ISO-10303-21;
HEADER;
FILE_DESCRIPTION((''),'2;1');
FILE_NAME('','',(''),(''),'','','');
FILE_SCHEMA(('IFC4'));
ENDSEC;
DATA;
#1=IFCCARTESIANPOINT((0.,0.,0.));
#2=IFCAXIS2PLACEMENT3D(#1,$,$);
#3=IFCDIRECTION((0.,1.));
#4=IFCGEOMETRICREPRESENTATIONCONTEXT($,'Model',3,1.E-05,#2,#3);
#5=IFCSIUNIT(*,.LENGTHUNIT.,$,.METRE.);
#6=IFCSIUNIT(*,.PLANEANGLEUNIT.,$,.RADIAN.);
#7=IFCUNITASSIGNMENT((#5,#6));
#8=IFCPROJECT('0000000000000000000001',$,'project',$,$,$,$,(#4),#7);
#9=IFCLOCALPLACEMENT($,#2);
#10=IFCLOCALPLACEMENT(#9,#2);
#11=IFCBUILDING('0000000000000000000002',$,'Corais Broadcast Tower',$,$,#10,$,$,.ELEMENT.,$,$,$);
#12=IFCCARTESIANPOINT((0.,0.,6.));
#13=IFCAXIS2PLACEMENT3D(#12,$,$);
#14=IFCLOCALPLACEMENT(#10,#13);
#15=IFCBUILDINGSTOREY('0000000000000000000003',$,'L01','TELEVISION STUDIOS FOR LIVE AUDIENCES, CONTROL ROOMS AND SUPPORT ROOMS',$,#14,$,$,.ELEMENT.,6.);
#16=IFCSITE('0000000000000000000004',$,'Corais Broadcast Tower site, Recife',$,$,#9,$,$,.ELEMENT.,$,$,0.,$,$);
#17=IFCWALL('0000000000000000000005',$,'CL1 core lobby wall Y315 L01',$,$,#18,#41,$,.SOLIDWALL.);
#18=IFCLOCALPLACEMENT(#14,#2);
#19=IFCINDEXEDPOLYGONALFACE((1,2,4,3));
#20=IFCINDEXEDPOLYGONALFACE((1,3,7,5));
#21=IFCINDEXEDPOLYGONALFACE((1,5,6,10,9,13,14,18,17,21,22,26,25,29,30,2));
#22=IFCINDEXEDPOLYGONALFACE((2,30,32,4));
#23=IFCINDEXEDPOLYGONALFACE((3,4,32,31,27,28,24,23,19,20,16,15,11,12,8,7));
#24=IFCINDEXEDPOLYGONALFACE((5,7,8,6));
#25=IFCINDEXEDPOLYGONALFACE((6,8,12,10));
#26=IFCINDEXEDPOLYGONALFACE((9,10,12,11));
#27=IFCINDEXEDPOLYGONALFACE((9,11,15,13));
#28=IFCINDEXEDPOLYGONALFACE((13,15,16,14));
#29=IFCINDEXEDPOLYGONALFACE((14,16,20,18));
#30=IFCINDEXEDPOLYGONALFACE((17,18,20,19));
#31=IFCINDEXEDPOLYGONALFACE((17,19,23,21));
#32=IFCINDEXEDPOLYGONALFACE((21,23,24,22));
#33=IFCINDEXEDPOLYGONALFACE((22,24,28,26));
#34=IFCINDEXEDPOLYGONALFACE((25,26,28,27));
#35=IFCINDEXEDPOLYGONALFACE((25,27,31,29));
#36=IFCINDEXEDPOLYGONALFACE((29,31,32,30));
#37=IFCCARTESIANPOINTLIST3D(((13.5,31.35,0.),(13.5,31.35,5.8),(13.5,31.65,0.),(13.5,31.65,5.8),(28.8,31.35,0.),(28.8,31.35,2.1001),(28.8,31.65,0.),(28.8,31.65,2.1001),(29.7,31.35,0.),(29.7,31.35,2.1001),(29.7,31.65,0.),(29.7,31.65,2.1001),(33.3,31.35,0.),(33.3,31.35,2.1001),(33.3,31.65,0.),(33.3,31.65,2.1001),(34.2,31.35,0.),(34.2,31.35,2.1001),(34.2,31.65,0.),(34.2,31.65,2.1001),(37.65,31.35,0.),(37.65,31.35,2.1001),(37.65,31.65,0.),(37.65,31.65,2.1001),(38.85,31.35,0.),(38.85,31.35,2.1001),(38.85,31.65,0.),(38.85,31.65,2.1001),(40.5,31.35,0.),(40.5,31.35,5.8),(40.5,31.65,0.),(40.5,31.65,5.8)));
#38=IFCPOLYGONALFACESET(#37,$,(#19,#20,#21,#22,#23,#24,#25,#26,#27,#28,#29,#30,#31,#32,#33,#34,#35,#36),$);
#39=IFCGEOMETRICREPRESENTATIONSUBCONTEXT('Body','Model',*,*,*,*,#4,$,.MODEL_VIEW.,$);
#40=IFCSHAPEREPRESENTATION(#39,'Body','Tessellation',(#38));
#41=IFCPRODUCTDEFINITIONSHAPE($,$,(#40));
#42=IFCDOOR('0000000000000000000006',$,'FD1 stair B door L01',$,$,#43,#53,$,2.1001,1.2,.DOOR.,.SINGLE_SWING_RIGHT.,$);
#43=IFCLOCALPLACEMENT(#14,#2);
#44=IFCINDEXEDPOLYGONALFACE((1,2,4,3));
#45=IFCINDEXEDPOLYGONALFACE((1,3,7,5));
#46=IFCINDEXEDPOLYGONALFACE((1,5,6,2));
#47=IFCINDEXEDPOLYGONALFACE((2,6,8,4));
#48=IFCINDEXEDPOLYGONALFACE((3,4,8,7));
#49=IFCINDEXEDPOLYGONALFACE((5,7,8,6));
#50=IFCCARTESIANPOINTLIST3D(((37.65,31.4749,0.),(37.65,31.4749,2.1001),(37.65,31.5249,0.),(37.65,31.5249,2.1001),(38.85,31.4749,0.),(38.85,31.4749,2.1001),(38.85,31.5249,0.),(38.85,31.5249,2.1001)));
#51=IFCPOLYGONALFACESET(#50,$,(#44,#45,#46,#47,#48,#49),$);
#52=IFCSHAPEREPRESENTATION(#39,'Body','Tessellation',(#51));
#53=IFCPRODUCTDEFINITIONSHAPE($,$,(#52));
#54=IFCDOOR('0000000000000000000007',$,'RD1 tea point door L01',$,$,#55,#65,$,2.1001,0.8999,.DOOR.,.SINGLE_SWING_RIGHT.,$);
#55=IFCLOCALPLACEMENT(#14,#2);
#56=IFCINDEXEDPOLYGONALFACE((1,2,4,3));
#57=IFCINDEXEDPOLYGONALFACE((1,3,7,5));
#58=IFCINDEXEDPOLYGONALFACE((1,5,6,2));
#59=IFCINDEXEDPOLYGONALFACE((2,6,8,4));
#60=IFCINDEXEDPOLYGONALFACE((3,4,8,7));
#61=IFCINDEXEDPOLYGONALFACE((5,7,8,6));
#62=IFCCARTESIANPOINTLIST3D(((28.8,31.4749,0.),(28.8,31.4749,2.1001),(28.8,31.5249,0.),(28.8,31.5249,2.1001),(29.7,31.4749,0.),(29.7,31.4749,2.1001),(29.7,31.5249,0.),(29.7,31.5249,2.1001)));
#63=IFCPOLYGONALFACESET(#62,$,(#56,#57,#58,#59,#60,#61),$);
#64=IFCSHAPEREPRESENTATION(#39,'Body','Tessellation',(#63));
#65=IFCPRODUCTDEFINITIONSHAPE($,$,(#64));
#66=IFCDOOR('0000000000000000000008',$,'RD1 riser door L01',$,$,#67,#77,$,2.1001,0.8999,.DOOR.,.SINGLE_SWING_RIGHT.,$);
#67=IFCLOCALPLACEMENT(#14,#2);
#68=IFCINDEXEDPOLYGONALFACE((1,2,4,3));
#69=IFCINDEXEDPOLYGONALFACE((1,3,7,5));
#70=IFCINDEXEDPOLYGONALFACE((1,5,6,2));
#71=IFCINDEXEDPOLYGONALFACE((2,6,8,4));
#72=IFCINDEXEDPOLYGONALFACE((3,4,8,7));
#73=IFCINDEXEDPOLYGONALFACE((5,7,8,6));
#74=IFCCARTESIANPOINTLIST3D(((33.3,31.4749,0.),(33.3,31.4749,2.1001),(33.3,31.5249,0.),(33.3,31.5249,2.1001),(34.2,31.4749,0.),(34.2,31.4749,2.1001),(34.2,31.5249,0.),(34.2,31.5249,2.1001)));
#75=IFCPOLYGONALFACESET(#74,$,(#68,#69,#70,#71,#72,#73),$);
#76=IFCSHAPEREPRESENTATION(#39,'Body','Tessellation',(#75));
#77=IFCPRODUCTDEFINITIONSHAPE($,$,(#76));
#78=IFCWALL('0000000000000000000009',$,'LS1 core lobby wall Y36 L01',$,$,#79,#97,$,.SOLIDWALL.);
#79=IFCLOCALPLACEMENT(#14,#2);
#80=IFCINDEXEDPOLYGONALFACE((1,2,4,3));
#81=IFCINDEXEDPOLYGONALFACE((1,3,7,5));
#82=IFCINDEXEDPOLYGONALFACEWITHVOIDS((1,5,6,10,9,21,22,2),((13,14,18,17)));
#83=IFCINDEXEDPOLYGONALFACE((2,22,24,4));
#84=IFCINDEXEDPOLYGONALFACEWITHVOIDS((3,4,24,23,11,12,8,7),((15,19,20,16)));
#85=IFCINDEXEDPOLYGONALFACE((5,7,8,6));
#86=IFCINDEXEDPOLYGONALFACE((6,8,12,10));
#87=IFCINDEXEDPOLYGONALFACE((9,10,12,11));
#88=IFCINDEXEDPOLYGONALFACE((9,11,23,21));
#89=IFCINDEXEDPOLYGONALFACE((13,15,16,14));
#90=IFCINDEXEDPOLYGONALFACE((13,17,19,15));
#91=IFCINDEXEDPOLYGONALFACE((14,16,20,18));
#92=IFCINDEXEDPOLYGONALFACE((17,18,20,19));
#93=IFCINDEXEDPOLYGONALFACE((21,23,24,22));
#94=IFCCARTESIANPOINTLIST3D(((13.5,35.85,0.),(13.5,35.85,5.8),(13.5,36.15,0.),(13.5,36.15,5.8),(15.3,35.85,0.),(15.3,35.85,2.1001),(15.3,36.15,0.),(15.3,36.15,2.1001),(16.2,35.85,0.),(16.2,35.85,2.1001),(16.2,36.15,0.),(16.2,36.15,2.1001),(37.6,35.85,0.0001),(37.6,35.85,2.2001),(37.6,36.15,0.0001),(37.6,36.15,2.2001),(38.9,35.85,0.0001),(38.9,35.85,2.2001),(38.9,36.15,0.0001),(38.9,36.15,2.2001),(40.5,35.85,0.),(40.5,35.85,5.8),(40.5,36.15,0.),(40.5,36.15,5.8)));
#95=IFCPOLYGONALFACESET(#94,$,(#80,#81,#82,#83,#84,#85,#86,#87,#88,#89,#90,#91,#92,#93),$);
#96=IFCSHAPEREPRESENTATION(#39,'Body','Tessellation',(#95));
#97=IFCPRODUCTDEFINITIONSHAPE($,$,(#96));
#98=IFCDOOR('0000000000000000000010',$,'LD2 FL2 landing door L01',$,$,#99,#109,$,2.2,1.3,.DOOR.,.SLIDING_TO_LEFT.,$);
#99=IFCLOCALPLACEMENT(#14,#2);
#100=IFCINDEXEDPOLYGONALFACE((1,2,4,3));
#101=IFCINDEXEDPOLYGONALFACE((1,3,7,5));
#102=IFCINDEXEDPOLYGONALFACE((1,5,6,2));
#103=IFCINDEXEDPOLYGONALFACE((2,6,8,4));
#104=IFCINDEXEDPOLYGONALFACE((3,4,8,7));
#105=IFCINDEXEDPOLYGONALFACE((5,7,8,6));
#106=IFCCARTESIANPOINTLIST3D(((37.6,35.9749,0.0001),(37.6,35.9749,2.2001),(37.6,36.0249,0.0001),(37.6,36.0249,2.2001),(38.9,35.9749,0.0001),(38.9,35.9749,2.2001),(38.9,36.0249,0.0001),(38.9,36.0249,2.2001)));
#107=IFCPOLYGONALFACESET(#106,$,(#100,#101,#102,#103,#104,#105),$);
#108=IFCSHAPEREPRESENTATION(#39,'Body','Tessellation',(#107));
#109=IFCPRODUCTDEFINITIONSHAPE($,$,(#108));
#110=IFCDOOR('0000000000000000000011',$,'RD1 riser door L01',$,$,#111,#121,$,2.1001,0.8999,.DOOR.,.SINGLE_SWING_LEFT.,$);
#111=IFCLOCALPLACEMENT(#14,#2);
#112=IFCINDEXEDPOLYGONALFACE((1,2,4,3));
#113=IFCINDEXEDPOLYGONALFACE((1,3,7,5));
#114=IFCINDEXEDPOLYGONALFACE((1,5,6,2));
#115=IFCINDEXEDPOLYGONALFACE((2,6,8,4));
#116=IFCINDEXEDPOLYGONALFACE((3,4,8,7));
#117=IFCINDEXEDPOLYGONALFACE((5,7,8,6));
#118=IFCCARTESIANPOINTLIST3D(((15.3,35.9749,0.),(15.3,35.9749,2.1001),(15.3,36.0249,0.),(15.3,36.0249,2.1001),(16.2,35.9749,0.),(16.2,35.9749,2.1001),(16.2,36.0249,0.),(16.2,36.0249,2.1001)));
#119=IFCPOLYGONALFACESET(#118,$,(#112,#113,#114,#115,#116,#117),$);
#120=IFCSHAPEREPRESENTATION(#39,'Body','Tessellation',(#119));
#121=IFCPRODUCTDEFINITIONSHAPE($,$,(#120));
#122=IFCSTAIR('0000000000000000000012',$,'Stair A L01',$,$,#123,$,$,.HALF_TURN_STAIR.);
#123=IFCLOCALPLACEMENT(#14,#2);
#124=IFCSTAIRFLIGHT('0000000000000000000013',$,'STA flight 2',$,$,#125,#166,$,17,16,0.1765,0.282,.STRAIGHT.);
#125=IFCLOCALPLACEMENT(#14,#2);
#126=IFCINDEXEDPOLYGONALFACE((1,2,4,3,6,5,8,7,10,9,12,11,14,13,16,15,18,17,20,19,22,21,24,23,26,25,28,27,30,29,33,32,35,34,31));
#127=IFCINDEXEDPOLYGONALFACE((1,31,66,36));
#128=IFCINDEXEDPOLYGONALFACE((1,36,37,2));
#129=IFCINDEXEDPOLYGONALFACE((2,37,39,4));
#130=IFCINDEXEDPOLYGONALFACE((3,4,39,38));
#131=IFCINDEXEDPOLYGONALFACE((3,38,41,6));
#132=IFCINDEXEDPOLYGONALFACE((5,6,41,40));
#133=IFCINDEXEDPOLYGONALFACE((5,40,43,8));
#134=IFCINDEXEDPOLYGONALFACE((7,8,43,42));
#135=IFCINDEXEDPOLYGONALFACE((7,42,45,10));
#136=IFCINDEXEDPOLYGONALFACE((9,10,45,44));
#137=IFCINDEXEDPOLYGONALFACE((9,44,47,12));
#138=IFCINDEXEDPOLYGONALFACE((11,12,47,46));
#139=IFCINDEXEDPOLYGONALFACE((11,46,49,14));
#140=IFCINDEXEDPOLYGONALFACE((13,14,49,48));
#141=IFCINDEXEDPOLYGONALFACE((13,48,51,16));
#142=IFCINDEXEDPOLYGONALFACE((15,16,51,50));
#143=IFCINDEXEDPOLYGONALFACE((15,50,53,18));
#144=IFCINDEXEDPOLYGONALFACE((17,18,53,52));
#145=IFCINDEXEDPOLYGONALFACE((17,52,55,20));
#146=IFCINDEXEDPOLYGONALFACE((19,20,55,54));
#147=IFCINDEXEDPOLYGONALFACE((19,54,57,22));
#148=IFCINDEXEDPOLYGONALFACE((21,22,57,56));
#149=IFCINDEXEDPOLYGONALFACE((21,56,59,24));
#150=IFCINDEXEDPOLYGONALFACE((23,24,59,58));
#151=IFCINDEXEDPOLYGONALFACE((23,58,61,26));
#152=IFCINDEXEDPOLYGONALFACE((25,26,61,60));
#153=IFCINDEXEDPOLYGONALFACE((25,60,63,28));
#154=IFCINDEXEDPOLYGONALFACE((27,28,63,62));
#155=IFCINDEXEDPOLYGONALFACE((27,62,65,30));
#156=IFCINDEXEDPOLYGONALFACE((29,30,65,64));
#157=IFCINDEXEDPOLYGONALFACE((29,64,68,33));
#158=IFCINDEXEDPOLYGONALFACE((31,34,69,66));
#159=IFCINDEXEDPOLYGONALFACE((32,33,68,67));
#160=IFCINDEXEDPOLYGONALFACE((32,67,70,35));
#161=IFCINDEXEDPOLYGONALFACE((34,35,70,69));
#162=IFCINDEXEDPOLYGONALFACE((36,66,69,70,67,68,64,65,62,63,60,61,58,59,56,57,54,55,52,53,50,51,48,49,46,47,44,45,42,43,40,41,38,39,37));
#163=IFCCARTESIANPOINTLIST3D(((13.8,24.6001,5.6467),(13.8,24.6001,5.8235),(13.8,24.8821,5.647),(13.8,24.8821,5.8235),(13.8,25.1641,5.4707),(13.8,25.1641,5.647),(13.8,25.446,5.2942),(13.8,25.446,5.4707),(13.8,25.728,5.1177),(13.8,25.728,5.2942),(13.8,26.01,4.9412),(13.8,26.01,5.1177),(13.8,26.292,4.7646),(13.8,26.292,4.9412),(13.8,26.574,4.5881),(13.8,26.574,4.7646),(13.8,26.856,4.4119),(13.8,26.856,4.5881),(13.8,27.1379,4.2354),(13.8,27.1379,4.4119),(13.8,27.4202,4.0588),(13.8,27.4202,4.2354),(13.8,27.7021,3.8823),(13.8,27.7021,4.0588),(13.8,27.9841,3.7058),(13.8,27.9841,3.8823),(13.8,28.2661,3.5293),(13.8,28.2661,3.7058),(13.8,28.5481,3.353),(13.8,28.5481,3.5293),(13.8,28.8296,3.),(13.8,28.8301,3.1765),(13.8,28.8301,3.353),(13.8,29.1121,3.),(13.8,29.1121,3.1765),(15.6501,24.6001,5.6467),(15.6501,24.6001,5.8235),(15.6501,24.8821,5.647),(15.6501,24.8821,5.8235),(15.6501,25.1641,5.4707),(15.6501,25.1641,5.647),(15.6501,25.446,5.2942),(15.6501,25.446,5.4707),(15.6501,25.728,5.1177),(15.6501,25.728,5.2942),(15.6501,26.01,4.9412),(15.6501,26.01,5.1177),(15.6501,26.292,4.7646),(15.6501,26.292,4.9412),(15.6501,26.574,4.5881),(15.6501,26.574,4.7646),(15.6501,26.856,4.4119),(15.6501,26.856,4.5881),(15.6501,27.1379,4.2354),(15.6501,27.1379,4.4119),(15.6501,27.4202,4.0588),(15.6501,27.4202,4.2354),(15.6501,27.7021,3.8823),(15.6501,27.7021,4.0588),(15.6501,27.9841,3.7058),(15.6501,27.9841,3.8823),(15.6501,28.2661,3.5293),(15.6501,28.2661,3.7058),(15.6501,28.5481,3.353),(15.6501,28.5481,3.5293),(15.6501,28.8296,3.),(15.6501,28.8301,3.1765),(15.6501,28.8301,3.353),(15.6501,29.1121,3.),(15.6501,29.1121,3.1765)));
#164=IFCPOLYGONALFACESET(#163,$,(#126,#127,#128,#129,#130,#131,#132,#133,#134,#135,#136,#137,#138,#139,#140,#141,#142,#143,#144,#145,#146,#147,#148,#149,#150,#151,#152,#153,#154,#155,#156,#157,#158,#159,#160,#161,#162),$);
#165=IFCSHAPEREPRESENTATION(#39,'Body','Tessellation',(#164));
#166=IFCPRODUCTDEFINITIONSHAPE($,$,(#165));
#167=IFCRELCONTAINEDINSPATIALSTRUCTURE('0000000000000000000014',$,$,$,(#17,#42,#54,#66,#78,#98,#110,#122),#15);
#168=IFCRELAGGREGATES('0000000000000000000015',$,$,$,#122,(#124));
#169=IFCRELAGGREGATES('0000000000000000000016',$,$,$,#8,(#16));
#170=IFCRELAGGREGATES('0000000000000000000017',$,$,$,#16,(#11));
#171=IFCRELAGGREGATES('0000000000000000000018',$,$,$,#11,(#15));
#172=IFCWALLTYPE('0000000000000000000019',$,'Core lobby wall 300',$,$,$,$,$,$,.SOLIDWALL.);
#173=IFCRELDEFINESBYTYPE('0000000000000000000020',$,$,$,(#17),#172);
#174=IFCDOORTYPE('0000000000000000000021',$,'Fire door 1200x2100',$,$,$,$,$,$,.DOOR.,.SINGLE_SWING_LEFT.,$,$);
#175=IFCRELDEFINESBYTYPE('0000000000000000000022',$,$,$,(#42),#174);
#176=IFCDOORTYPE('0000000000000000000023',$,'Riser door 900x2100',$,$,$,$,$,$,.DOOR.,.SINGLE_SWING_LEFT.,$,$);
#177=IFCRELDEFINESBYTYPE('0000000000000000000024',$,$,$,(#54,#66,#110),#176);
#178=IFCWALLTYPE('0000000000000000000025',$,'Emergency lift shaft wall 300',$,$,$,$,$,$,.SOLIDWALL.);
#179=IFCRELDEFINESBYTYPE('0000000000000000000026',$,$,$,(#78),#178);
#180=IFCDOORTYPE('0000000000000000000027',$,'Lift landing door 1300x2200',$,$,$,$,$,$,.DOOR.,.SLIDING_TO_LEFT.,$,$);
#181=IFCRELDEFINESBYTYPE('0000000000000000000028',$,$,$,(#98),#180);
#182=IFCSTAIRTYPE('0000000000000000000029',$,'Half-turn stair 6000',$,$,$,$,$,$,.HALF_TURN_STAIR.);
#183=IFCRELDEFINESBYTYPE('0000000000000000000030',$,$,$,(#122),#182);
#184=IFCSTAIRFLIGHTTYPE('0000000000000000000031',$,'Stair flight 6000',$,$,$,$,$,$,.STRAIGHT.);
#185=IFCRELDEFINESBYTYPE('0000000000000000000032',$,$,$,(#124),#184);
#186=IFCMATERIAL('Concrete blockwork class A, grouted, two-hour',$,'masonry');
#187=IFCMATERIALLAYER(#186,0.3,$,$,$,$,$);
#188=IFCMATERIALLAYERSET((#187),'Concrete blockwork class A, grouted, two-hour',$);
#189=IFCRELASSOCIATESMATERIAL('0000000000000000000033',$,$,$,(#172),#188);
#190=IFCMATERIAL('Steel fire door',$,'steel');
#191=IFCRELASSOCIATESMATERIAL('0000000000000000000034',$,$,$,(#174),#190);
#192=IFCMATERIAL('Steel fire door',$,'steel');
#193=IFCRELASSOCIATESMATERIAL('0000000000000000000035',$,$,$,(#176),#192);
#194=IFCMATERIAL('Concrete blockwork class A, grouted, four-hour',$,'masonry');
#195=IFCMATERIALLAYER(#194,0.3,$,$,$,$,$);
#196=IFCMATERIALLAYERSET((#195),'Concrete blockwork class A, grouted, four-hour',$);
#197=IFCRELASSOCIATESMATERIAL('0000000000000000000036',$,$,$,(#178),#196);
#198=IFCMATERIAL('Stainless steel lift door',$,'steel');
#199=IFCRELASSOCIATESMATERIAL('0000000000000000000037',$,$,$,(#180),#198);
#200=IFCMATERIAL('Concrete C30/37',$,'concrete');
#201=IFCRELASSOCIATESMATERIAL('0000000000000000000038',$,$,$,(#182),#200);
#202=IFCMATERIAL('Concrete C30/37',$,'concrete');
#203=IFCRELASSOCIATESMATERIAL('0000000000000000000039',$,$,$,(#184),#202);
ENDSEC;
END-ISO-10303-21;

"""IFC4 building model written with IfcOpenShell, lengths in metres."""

from ifc_helpers import new_model, si_unit, direction, frame, frame_2d, origin, place, context, subcontext, project, spatial, polyline, rectangle, outline, extrude, material, layer, layer_set, type_object, element, fill, aggregate, save


model = new_model("IFC4")

# Units and contexts
model_context = context("Model", 3, precision=1e-05, world=origin(), true_north=direction((0.0, 1.0)))
body_context = subcontext(model_context, "Body", "Model", "MODEL_VIEW")
ifc_project = project(units=[si_unit("LENGTHUNIT", "METRE"), si_unit("PLANEANGLEUNIT", "RADIAN")], contexts=[model_context])

# Site, building, storey
site_placement = place(None, origin())
site = spatial("IfcSite", under=ifc_project, at=site_placement, Name="Corais Broadcast Tower site, Recife", CompositionType="ELEMENT", RefElevation=0.0)
building_placement = place(site_placement, origin())
building = spatial("IfcBuilding", under=site, at=building_placement, Name="Corais Broadcast Tower", CompositionType="ELEMENT")
storey_placement = place(building_placement, frame((0.0, 0.0, 6.0)))
storey = spatial("IfcBuildingStorey", under=building, at=storey_placement, Name="L01", Description="TELEVISION STUDIOS FOR LIVE AUDIENCES, CONTROL ROOMS AND SUPPORT ROOMS", CompositionType="ELEMENT", Elevation=6.0)

# Walls, openings, doors
ifc_material_1 = material(Name="Concrete blockwork class A, grouted, two-hour", Category="masonry")
ifc_layer_1 = layer(ifc_material_1, 0.3)
ifc_layer_set_1 = layer_set([ifc_layer_1], Name="Concrete blockwork class A, grouted, two-hour")
wall_type_1 = type_object("IfcWallType", Name="Core lobby wall 300", PredefinedType="SOLIDWALL", material=ifc_layer_set_1)
wall_1_placement = place(storey_placement, frame((13.5, 31.5, 0.0), z_axis=(0.0, 0.0, 1.0), x_axis=(1.0, 0.0, 0.0)))
wall_1 = element("IfcWall", 1, at=wall_1_placement, inside=storey, type_object=wall_type_1, Name="CL1 core lobby wall Y315 L01", PredefinedType="SOLIDWALL", context=body_context, shape_type="SweptSolid", body=[
    extrude(rectangle(XDim=27.0, YDim=0.3, at=frame_2d((13.5, 0.0))), origin(), (0.0, 0.0, 1.0), 5.8),
])
opening_1_placement = place(wall_1_placement, frame((24.1499, 0.0, 0.0)))
opening_1 = element("IfcOpeningElement", 2, at=opening_1_placement, cuts=wall_1, PredefinedType="OPENING", context=body_context, shape_type="SweptSolid", body=[
    extrude(rectangle(XDim=1.2, YDim=2.1001, at=frame_2d((0.6001, 1.05))), frame((0.0, 0.1599, 0.0), z_axis=(0.0, -1.0, 0.0), x_axis=(1.0, 0.0, 0.0)), (0.0, 0.0, 1.0), 0.3201),
])
opening_2_placement = place(wall_1_placement, frame((15.3, 0.0, 0.0)))
opening_2 = element("IfcOpeningElement", 3, at=opening_2_placement, cuts=wall_1, PredefinedType="OPENING", context=body_context, shape_type="SweptSolid", body=[
    extrude(rectangle(XDim=0.8999, YDim=2.1001, at=frame_2d((0.45, 1.05))), frame((0.0, 0.1599, 0.0), z_axis=(0.0, -1.0, 0.0), x_axis=(1.0, 0.0, 0.0)), (0.0, 0.0, 1.0), 0.3201),
])
opening_3_placement = place(wall_1_placement, frame((19.8, 0.0, 0.0)))
opening_3 = element("IfcOpeningElement", 4, at=opening_3_placement, cuts=wall_1, PredefinedType="OPENING", context=body_context, shape_type="SweptSolid", body=[
    extrude(rectangle(XDim=0.8999, YDim=2.1001, at=frame_2d((0.45, 1.05))), frame((0.0, 0.1599, 0.0), z_axis=(0.0, -1.0, 0.0), x_axis=(1.0, 0.0, 0.0)), (0.0, 0.0, 1.0), 0.3201),
])
ifc_material_2 = material(Name="Steel fire door", Category="steel")
door_type_1 = type_object("IfcDoorType", Name="Fire door 1200x2100", OperationType="SINGLE_SWING_LEFT", PredefinedType="DOOR", material=ifc_material_2)
door_1_placement = place(opening_1_placement, origin())
door_1 = element("IfcDoor", 5, at=door_1_placement, inside=storey, type_object=door_type_1, Name="FD1 stair B door L01", OperationType="SINGLE_SWING_RIGHT", OverallHeight=2.1001, OverallWidth=1.2, PredefinedType="DOOR", context=body_context, shape_type="SweptSolid", body=[
    extrude(rectangle(XDim=1.2, YDim=2.1001, at=frame_2d((0.6001, 1.05))), frame((0.0, 0.0249, 0.0), z_axis=(0.0, -1.0, 0.0), x_axis=(1.0, 0.0, 0.0)), (0.0, 0.0, 1.0), 0.05),
])
fill(opening_1, door_1)
ifc_material_3 = material(Name="Steel fire door", Category="steel")
door_type_2 = type_object("IfcDoorType", Name="Riser door 900x2100", OperationType="SINGLE_SWING_LEFT", PredefinedType="DOOR", material=ifc_material_3)
door_2_placement = place(opening_2_placement, origin())
door_2 = element("IfcDoor", 6, at=door_2_placement, inside=storey, type_object=door_type_2, Name="RD1 tea point door L01", OperationType="SINGLE_SWING_RIGHT", OverallHeight=2.1001, OverallWidth=0.8999, PredefinedType="DOOR", context=body_context, shape_type="SweptSolid", body=[
    extrude(rectangle(XDim=0.8999, YDim=2.1001, at=frame_2d((0.45, 1.05))), frame((0.0, 0.0249, 0.0), z_axis=(0.0, -1.0, 0.0), x_axis=(1.0, 0.0, 0.0)), (0.0, 0.0, 1.0), 0.05),
])
fill(opening_2, door_2)
door_3_placement = place(opening_3_placement, origin())
door_3 = element("IfcDoor", 7, at=door_3_placement, inside=storey, type_object=door_type_2, Name="RD1 riser door L01", OperationType="SINGLE_SWING_RIGHT", OverallHeight=2.1001, OverallWidth=0.8999, PredefinedType="DOOR", context=body_context, shape_type="SweptSolid", body=[
    extrude(rectangle(XDim=0.8999, YDim=2.1001, at=frame_2d((0.45, 1.05))), frame((0.0, 0.0249, 0.0), z_axis=(0.0, -1.0, 0.0), x_axis=(1.0, 0.0, 0.0)), (0.0, 0.0, 1.0), 0.05),
])
fill(opening_3, door_3)
ifc_material_4 = material(Name="Concrete blockwork class A, grouted, four-hour", Category="masonry")
ifc_layer_2 = layer(ifc_material_4, 0.3)
ifc_layer_set_2 = layer_set([ifc_layer_2], Name="Concrete blockwork class A, grouted, four-hour")
wall_type_2 = type_object("IfcWallType", Name="Emergency lift shaft wall 300", PredefinedType="SOLIDWALL", material=ifc_layer_set_2)
wall_2_placement = place(storey_placement, frame((13.5, 36.0, 0.0), z_axis=(0.0, 0.0, 1.0), x_axis=(1.0, 0.0, 0.0)))
wall_2 = element("IfcWall", 8, at=wall_2_placement, inside=storey, type_object=wall_type_2, Name="LS1 core lobby wall Y36 L01", PredefinedType="SOLIDWALL", context=body_context, shape_type="SweptSolid", body=[
    extrude(rectangle(XDim=27.0, YDim=0.3, at=frame_2d((13.5, 0.0))), origin(), (0.0, 0.0, 1.0), 5.8),
])
opening_4_placement = place(wall_2_placement, frame((1.8, 0.0, 0.0)))
opening_4 = element("IfcOpeningElement", 9, at=opening_4_placement, cuts=wall_2, PredefinedType="OPENING", context=body_context, shape_type="SweptSolid", body=[
    extrude(rectangle(XDim=0.8999, YDim=2.1001, at=frame_2d((0.45, 1.05))), frame((0.0, 0.1599, 0.0), z_axis=(0.0, -1.0, 0.0), x_axis=(1.0, 0.0, 0.0)), (0.0, 0.0, 1.0), 0.3201),
])
opening_5_placement = place(wall_2_placement, frame((24.1001, 0.0, 0.0)))
opening_5 = element("IfcOpeningElement", 10, at=opening_5_placement, cuts=wall_2, PredefinedType="OPENING", context=body_context, shape_type="SweptSolid", body=[
    extrude(rectangle(XDim=1.3, YDim=2.2, at=frame_2d((0.6499, 1.1001))), frame((0.0, 0.1599, 0.0), z_axis=(0.0, -1.0, 0.0), x_axis=(1.0, 0.0, 0.0)), (0.0, 0.0, 1.0), 0.3201),
])
ifc_material_5 = material(Name="Stainless steel lift door", Category="steel")
door_type_3 = type_object("IfcDoorType", Name="Lift landing door 1300x2200", OperationType="SLIDING_TO_LEFT", PredefinedType="DOOR", material=ifc_material_5)
door_4_placement = place(opening_5_placement, origin())
door_4 = element("IfcDoor", 11, at=door_4_placement, inside=storey, type_object=door_type_3, Name="LD2 FL2 landing door L01", OperationType="SLIDING_TO_LEFT", OverallHeight=2.2, OverallWidth=1.3, PredefinedType="DOOR", context=body_context, shape_type="SweptSolid", body=[
    extrude(rectangle(XDim=1.3, YDim=2.2, at=frame_2d((0.6499, 1.1001))), frame((0.0, 0.0249, 0.0), z_axis=(0.0, -1.0, 0.0), x_axis=(1.0, 0.0, 0.0)), (0.0, 0.0, 1.0), 0.05),
])
fill(opening_5, door_4)
door_5_placement = place(opening_4_placement, origin())
door_5 = element("IfcDoor", 12, at=door_5_placement, inside=storey, type_object=door_type_2, Name="RD1 riser door L01", OperationType="SINGLE_SWING_LEFT", OverallHeight=2.1001, OverallWidth=0.8999, PredefinedType="DOOR", context=body_context, shape_type="SweptSolid", body=[
    extrude(rectangle(XDim=0.8999, YDim=2.1001, at=frame_2d((0.45, 1.05))), frame((0.0, 0.0249, 0.0), z_axis=(0.0, -1.0, 0.0), x_axis=(1.0, 0.0, 0.0)), (0.0, 0.0, 1.0), 0.05),
])
fill(opening_4, door_5)

# Stair, stair flight
ifc_material_6 = material(Name="Concrete C30/37", Category="concrete")
stair_type = type_object("IfcStairType", Name="Half-turn stair 6000", PredefinedType="HALF_TURN_STAIR", material=ifc_material_6)
stair_placement = place(storey_placement, origin())
stair = element("IfcStair", 13, at=stair_placement, inside=storey, type_object=stair_type, Name="Stair A L01", PredefinedType="HALF_TURN_STAIR")
ifc_material_7 = material(Name="Concrete C30/37", Category="concrete")
stair_flight_type = type_object("IfcStairFlightType", Name="Stair flight 6000", PredefinedType="STRAIGHT", material=ifc_material_7)
stair_flight_placement = place(storey_placement, frame((14.7251, 29.1121, 3.0), z_axis=(0.0, 0.0, 1.0), x_axis=(0.0, -1.0, 0.0)))
stair_flight = element("IfcStairFlight", 14, at=stair_flight_placement, type_object=stair_flight_type, Name="STA flight 2", NumberOfRisers=17, NumberOfTreads=16, PredefinedType="STRAIGHT", RiserHeight=0.1765, TreadLength=0.282, context=body_context, shape_type="SweptSolid", body=[
    extrude(outline(polyline([(0.0, 0.0), (0.0, 0.1765), (0.282, 0.1765), (0.282, 0.353), (0.564, 0.353), (0.564, 0.5293), (0.8459, 0.5293), (0.8459, 0.7058), (1.1279, 0.7058), (1.1279, 0.8823), (1.4099, 0.8823), (1.4099, 1.0588), (1.6919, 1.0588), (1.6919, 1.2354), (1.9741, 1.2354), (1.9741, 1.4119), (2.2561, 1.4119), (2.2561, 1.5881), (2.5381, 1.5881), (2.5381, 1.7646), (2.8201, 1.7646), (2.8201, 1.9412), (3.1021, 1.9412), (3.1021, 2.1177), (3.384, 2.1177), (3.384, 2.2942), (3.666, 2.2942), (3.666, 2.4707), (3.948, 2.4707), (3.948, 2.647), (4.23, 2.647), (4.23, 2.8235), (4.512, 2.8235), (4.512, 3.0), (4.512, 2.6467), (0.2825, 0.0), (0.0, 0.0)])), frame((0.0, 0.925, 0.0), z_axis=(0.0, -1.0, 0.0), x_axis=(1.0, 0.0, 0.0)), (0.0, 0.0, 1.0), 1.8501),
])
aggregate(stair, [stair_flight])

save(model, "model.ifc")
